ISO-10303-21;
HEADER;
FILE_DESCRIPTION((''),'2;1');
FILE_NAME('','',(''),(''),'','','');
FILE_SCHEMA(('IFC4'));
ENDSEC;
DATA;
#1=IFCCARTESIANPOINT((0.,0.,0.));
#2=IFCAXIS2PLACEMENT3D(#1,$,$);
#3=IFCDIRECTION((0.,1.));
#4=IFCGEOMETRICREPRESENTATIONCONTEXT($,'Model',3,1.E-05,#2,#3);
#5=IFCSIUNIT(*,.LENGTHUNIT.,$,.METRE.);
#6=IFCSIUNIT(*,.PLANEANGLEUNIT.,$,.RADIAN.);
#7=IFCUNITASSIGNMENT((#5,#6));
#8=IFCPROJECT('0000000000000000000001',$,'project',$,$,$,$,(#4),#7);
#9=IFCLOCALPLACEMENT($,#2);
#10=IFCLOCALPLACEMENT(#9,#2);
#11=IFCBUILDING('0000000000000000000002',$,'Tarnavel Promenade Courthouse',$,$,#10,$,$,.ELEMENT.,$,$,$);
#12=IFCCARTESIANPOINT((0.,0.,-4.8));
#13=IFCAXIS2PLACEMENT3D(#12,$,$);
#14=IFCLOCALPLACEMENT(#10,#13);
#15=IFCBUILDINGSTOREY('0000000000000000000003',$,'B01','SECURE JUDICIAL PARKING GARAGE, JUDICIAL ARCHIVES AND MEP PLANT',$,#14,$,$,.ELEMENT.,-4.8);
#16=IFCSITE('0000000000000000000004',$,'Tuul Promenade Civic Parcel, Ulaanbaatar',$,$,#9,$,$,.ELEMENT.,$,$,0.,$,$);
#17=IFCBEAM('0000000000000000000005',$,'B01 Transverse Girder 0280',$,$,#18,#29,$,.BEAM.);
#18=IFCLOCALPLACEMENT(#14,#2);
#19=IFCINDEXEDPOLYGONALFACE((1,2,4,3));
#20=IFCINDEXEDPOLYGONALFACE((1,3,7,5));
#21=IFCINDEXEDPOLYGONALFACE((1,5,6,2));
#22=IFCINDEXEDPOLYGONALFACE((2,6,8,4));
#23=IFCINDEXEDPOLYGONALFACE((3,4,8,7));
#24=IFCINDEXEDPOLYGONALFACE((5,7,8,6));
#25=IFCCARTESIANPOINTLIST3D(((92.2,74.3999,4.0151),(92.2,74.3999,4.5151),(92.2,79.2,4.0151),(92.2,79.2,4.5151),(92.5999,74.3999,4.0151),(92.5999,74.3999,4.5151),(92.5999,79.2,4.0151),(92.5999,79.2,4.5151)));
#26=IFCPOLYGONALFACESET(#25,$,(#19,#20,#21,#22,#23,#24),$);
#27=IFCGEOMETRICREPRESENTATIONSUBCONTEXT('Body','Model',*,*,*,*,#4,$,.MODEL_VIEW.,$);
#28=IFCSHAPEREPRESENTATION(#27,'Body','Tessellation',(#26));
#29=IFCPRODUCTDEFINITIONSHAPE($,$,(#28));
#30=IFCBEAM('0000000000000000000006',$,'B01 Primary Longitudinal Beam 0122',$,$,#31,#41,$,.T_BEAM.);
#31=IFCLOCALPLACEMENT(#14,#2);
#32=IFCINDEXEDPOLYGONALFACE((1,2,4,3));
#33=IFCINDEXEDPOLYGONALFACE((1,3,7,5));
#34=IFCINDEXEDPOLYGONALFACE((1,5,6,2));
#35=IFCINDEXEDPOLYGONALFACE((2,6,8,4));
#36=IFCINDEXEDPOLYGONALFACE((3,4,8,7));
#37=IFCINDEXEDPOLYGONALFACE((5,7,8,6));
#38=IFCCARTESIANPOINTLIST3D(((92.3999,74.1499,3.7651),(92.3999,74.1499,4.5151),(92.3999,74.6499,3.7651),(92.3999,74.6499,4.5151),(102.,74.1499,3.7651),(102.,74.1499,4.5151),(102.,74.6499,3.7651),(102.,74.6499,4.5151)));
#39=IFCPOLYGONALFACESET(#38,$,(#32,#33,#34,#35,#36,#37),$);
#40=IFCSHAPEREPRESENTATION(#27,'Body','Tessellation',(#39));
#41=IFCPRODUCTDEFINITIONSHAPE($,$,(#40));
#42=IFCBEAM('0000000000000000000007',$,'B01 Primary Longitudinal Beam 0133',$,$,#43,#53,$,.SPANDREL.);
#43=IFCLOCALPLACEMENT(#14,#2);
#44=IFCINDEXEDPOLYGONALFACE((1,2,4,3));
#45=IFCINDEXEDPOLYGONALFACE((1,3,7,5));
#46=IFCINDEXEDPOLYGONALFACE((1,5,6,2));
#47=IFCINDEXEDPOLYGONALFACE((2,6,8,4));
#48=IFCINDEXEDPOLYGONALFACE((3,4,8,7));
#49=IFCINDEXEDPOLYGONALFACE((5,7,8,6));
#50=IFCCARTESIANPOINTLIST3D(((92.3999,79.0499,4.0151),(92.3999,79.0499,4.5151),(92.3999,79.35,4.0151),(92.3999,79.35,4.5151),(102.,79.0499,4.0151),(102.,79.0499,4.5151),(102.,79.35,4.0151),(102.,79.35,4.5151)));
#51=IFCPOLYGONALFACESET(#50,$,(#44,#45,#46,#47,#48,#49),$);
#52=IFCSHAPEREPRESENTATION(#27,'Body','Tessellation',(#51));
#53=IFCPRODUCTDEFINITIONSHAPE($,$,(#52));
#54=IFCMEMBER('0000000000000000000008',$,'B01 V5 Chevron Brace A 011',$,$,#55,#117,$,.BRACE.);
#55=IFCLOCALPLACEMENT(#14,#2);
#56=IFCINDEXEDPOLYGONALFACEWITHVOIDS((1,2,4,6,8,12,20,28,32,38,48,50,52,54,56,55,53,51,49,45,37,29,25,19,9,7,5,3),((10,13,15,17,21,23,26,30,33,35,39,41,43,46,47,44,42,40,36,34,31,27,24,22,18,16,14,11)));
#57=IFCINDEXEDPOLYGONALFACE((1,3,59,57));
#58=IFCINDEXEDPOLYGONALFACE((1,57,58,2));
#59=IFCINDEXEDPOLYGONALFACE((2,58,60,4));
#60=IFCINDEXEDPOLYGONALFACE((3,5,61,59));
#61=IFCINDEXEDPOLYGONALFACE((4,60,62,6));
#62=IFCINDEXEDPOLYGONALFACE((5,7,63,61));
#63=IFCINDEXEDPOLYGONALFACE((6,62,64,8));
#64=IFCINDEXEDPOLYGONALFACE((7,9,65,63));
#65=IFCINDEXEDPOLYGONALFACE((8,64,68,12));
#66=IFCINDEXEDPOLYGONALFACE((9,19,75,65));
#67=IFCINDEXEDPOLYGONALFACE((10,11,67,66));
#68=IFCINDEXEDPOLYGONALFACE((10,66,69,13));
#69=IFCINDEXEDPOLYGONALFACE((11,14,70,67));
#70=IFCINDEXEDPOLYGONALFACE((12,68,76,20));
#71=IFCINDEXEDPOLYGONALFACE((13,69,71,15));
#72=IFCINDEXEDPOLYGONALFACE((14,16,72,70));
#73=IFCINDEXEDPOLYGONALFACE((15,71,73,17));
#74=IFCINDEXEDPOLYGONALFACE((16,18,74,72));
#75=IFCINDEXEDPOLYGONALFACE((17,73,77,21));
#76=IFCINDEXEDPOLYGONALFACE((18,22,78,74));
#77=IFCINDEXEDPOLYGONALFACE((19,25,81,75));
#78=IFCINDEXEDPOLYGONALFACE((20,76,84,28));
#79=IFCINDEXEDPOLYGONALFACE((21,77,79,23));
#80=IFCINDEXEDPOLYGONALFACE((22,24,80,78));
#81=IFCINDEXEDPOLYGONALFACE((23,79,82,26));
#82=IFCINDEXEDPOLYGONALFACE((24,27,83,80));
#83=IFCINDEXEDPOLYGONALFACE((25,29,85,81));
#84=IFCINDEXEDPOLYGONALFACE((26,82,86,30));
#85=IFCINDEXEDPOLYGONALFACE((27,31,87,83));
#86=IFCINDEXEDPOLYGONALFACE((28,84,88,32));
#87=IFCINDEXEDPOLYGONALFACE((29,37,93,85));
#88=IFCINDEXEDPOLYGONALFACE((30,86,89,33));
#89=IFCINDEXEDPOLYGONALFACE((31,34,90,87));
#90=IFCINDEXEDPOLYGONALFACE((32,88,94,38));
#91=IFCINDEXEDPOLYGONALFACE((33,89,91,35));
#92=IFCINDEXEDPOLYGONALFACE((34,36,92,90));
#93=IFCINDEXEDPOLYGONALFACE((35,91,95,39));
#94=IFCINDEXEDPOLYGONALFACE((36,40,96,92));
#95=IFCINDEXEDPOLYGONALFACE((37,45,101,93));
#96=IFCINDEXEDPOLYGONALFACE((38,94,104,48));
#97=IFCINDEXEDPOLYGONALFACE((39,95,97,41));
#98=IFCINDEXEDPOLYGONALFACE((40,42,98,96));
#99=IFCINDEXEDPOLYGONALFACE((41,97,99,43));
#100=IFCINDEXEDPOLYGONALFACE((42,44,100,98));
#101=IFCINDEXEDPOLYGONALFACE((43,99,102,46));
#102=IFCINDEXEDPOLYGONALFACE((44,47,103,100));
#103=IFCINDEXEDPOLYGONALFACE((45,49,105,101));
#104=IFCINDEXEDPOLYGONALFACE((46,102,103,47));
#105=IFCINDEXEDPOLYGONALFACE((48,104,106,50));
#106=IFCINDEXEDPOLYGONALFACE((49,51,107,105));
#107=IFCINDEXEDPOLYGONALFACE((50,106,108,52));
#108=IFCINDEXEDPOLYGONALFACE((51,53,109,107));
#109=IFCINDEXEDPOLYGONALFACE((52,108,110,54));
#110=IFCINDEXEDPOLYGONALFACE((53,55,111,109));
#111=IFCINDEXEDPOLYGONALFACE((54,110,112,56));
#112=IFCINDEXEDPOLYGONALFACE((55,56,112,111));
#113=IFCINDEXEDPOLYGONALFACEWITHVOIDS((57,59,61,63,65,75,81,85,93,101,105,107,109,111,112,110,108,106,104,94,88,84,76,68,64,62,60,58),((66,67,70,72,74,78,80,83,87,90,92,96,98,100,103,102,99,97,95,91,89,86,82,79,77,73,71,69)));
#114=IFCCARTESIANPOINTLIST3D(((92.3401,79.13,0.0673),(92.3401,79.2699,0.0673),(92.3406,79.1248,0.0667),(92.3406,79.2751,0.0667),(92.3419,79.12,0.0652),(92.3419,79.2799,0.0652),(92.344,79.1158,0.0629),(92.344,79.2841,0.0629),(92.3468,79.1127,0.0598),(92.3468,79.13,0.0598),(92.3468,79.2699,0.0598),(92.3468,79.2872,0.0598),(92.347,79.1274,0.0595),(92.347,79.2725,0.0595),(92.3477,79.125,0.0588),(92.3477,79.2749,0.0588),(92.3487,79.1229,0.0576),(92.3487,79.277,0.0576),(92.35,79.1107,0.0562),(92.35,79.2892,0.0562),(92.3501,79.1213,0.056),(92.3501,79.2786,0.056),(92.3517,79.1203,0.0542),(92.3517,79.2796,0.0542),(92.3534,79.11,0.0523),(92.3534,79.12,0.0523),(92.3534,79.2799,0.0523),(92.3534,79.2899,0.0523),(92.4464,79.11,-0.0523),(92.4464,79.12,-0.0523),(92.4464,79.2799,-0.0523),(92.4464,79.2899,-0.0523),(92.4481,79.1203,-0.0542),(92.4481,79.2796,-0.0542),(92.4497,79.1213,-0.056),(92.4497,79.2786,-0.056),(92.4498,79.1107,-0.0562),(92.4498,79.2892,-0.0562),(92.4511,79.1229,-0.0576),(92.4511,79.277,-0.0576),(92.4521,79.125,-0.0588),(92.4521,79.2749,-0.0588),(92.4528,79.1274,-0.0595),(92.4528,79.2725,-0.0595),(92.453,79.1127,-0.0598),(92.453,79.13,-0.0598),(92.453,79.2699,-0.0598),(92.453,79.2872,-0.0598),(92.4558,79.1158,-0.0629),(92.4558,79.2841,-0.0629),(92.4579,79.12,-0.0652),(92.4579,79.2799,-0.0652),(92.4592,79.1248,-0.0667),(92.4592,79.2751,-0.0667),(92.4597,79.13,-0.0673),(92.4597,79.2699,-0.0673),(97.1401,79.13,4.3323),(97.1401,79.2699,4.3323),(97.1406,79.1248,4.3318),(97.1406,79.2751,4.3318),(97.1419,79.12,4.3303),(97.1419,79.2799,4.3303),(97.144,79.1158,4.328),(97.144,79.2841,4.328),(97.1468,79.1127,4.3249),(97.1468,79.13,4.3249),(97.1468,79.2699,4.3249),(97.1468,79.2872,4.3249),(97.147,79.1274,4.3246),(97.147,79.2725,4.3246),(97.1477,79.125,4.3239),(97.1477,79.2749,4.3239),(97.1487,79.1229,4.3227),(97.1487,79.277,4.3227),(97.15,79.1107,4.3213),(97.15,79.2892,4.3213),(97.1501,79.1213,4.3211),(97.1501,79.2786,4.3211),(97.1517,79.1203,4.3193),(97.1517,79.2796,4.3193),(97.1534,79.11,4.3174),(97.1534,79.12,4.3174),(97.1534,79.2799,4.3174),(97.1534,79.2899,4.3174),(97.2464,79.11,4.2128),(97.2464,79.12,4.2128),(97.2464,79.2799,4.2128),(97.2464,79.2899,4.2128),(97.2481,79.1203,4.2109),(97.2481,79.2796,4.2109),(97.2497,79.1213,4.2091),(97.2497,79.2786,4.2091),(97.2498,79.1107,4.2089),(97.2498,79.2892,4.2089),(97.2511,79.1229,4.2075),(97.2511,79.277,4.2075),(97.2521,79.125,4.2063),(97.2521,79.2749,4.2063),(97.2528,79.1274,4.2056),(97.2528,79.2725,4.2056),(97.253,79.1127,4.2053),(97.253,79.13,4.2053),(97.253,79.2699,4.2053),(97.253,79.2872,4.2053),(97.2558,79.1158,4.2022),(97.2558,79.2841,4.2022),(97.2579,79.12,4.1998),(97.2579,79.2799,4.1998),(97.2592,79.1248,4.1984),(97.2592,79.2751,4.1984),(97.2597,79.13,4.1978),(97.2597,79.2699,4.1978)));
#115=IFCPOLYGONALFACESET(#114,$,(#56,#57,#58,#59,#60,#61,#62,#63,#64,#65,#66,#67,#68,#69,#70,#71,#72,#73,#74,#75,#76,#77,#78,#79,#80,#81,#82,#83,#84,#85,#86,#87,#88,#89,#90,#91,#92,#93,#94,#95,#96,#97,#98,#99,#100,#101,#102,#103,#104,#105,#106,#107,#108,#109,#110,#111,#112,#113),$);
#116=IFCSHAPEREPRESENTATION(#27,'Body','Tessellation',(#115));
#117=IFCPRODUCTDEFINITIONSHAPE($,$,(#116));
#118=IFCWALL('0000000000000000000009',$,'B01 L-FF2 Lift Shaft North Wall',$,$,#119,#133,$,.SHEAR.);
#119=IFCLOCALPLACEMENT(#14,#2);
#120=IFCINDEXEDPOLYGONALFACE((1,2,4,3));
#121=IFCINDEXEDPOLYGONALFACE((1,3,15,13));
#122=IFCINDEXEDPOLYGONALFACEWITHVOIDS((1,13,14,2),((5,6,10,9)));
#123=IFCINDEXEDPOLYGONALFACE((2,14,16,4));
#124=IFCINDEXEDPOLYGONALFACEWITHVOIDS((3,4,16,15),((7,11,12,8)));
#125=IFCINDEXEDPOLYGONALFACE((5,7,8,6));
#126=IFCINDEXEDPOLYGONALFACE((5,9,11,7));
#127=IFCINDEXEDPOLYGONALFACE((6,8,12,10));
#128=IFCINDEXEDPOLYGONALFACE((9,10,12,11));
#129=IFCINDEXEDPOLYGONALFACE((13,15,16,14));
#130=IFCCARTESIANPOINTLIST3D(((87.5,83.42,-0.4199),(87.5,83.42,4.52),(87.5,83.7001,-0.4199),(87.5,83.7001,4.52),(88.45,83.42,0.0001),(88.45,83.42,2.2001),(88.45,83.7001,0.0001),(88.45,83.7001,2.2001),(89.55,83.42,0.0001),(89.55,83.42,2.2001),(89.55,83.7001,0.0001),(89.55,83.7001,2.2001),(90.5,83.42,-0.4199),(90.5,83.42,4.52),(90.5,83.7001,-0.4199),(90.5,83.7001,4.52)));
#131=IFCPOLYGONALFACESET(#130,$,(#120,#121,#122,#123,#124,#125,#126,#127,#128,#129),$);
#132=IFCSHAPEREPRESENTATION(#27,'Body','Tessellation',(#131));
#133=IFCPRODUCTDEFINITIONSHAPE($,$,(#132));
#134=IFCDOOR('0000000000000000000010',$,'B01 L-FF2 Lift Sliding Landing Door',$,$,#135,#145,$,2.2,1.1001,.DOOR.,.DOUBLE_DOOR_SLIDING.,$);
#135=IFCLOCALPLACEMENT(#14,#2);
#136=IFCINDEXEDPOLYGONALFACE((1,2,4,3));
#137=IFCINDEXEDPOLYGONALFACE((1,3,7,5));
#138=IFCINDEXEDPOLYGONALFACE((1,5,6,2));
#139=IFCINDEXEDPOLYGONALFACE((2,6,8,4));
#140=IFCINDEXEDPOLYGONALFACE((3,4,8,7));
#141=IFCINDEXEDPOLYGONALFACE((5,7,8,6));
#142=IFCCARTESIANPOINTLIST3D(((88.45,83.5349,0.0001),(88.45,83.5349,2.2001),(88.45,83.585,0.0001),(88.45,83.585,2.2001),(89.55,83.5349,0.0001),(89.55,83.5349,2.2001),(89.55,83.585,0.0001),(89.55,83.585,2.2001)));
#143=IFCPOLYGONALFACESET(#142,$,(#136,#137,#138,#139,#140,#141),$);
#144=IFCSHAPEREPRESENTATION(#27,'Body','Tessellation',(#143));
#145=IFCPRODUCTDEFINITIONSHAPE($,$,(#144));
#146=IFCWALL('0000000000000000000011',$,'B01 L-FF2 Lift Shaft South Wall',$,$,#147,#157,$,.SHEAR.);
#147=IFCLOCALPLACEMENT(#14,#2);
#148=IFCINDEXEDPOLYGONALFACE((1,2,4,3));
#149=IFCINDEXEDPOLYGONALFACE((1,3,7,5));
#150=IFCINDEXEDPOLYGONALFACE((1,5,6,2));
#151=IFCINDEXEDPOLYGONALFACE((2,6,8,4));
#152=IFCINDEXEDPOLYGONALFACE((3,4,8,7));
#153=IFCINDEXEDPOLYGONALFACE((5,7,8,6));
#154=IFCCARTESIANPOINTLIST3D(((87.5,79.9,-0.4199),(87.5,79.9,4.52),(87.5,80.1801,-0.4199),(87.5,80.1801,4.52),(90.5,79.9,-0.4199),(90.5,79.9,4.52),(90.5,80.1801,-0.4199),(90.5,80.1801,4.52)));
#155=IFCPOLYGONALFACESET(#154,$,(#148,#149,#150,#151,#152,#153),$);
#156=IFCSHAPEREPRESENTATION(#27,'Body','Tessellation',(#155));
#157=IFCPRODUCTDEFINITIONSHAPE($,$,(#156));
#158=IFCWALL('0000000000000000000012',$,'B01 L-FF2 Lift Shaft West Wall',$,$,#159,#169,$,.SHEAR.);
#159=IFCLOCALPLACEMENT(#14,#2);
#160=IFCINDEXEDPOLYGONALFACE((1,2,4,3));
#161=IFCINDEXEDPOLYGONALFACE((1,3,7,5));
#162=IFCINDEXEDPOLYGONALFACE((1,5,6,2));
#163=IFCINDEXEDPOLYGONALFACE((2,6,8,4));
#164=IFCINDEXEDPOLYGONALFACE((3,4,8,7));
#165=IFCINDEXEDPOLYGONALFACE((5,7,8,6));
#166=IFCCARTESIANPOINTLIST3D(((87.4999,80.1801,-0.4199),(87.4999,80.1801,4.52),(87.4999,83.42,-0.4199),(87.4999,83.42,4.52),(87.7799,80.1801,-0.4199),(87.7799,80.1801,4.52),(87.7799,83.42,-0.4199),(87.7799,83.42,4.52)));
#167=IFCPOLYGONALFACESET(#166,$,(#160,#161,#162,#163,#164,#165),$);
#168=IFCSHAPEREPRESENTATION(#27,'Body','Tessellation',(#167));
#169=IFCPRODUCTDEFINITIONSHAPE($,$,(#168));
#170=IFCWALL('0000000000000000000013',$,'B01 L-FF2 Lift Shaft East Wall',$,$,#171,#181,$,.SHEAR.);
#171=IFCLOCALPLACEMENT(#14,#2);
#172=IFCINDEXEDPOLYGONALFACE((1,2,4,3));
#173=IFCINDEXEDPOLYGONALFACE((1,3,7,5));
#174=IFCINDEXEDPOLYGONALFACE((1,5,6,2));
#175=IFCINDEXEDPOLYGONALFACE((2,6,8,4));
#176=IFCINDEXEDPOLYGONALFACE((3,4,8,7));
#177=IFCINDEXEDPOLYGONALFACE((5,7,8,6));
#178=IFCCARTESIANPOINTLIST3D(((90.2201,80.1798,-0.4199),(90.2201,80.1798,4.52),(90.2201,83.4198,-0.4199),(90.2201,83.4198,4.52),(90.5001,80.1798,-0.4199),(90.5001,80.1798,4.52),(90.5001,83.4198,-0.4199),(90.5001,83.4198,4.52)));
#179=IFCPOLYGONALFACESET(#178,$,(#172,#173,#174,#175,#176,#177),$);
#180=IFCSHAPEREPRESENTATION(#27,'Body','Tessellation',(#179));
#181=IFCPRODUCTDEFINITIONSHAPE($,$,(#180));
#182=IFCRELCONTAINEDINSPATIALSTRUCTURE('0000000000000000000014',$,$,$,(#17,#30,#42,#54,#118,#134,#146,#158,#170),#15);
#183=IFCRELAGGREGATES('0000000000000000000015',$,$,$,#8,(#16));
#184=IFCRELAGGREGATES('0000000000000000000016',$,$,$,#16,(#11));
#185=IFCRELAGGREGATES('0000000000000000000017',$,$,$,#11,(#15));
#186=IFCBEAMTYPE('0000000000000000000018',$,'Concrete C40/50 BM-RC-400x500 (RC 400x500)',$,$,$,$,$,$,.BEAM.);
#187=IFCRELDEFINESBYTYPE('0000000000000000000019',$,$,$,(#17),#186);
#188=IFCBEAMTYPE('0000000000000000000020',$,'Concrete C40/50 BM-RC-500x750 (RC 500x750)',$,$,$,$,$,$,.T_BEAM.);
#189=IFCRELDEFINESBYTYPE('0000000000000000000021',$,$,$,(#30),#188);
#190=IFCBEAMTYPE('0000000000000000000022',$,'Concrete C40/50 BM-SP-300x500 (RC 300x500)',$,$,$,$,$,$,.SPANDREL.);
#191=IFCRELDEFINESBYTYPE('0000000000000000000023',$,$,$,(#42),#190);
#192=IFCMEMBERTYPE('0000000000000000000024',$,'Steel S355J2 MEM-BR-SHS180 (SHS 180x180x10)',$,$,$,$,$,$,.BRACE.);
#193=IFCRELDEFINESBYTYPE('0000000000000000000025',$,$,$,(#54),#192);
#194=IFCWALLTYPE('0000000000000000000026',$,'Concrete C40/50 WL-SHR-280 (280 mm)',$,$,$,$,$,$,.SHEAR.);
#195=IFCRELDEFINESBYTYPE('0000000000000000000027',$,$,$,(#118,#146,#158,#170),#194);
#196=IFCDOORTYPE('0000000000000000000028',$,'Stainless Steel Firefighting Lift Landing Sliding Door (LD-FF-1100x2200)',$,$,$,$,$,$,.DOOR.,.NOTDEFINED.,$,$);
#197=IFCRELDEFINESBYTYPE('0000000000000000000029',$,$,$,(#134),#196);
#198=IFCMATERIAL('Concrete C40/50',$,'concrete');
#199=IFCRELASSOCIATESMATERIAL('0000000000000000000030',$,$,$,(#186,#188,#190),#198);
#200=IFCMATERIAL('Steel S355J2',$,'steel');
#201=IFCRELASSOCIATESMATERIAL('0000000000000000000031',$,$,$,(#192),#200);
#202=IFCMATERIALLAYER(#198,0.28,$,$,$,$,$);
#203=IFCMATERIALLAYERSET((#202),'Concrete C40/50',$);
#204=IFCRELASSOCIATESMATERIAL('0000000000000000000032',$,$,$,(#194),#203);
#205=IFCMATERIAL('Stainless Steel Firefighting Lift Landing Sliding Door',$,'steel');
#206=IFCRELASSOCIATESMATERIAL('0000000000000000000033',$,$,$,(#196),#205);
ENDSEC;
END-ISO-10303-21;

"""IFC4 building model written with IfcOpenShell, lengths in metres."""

from ifc_helpers import new_model, si_unit, direction, frame, frame_2d, origin, origin_2d, place, context, subcontext, project, spatial, rectangle, hollow_rectangle, extrude, material, layer, layer_set, material_profile, profile_set, type_object, element, fill, save


model = new_model("IFC4")

# Units and contexts
model_context = context("Model", 3, precision=1e-05, world=origin(), true_north=direction((0.0, 1.0)))
body_context = subcontext(model_context, "Body", "Model", "MODEL_VIEW")
ifc_project = project(units=[si_unit("LENGTHUNIT", "METRE"), si_unit("PLANEANGLEUNIT", "RADIAN")], contexts=[model_context])

# Site, building, storey
site_placement = place(None, origin())
site = spatial("IfcSite", under=ifc_project, at=site_placement, Name="Tuul Promenade Civic Parcel, Ulaanbaatar", CompositionType="ELEMENT", RefElevation=0.0)
building_placement = place(site_placement, origin())
building = spatial("IfcBuilding", under=site, at=building_placement, Name="Tarnavel Promenade Courthouse", CompositionType="ELEMENT")
storey_placement = place(building_placement, frame((0.0, 0.0, -4.8)))
storey = spatial("IfcBuildingStorey", under=building, at=storey_placement, Name="B01", Description="SECURE JUDICIAL PARKING GARAGE, JUDICIAL ARCHIVES AND MEP PLANT", CompositionType="ELEMENT", Elevation=-4.8)

# Shared definitions
ifc_material_1 = material(Name="Concrete C40/50", Category="concrete")

# Beams
ifc_material_profile_1 = material_profile(ifc_material_1, rectangle(XDim=0.3999, YDim=0.5, at=origin_2d()), Name="RC 400x500")
ifc_profile_set_1 = profile_set([ifc_material_profile_1], Name="Concrete C40/50")
beam_type_1 = type_object("IfcBeamType", Name="Concrete C40/50 BM-RC-400x500 (RC 400x500)", PredefinedType="BEAM", material=ifc_profile_set_1)
beam_1_placement = place(storey_placement, frame((92.3999, 74.3999, 4.2651), z_axis=(0.0, 1.0, 0.0), x_axis=(-1.0, 0.0, 0.0)))
element("IfcBeam", 1, at=beam_1_placement, inside=storey, type_object=beam_type_1, Name="B01 Transverse Girder 0280", PredefinedType="BEAM", context=body_context, shape_type="SweptSolid", body=[
    extrude(rectangle(XDim=0.3999, YDim=0.5, at=origin_2d()), origin(), (0.0, 0.0, 1.0), 4.8),
])
ifc_material_profile_2 = material_profile(ifc_material_1, rectangle(XDim=0.5, YDim=0.75, at=origin_2d()), Name="RC 500x750")
ifc_profile_set_2 = profile_set([ifc_material_profile_2], Name="Concrete C40/50")
beam_type_2 = type_object("IfcBeamType", Name="Concrete C40/50 BM-RC-500x750 (RC 500x750)", PredefinedType="T_BEAM", material=ifc_profile_set_2)
beam_2_placement = place(storey_placement, frame((92.3999, 74.3999, 4.1401), z_axis=(1.0, 0.0, 0.0), x_axis=(0.0, 1.0, 0.0)))
element("IfcBeam", 2, at=beam_2_placement, inside=storey, type_object=beam_type_2, Name="B01 Primary Longitudinal Beam 0122", PredefinedType="T_BEAM", context=body_context, shape_type="SweptSolid", body=[
    extrude(rectangle(XDim=0.5, YDim=0.75, at=origin_2d()), origin(), (0.0, 0.0, 1.0), 9.6001),
])
ifc_material_profile_3 = material_profile(ifc_material_1, rectangle(XDim=0.3, YDim=0.5, at=origin_2d()), Name="RC 300x500")
ifc_profile_set_3 = profile_set([ifc_material_profile_3], Name="Concrete C40/50")
beam_type_3 = type_object("IfcBeamType", Name="Concrete C40/50 BM-SP-300x500 (RC 300x500)", PredefinedType="SPANDREL", material=ifc_profile_set_3)
beam_3_placement = place(storey_placement, frame((92.3999, 79.2, 4.2651), z_axis=(1.0, 0.0, 0.0), x_axis=(0.0, 1.0, 0.0)))
element("IfcBeam", 3, at=beam_3_placement, inside=storey, type_object=beam_type_3, Name="B01 Primary Longitudinal Beam 0133", PredefinedType="SPANDREL", context=body_context, shape_type="SweptSolid", body=[
    extrude(rectangle(XDim=0.3, YDim=0.5, at=origin_2d()), origin(), (0.0, 0.0, 1.0), 9.6001),
])

# Member
ifc_material_2 = material(Name="Steel S355J2", Category="steel")
ifc_material_profile_4 = material_profile(ifc_material_2, hollow_rectangle(XDim=0.1799, YDim=0.1799, WallThickness=0.01, InnerFilletRadius=0.01, OuterFilletRadius=0.02, at=origin_2d()), Name="SHS 180x180x10")
ifc_profile_set_4 = profile_set([ifc_material_profile_4], Name="Steel S355J2")
member_type = type_object("IfcMemberType", Name="Steel S355J2 MEM-BR-SHS180 (SHS 180x180x10)", PredefinedType="BRACE", material=ifc_profile_set_4)
member_placement = place(storey_placement, frame((92.3999, 79.2, 0.0), z_axis=(0.747531, 0.0, 0.664227), x_axis=(0.0, 1.0, 0.0)))
element("IfcMember", 4, at=member_placement, inside=storey, type_object=member_type, Name="B01 V5 Chevron Brace A 011", PredefinedType="BRACE", context=body_context, shape_type="SweptSolid", body=[
    extrude(hollow_rectangle(XDim=0.1799, YDim=0.1799, WallThickness=0.01, InnerFilletRadius=0.01, OuterFilletRadius=0.02, at=origin_2d()), origin(), (0.0, 0.0, 1.0), 6.4211),
])

# Wall, opening, door
ifc_layer_1 = layer(ifc_material_1, 0.28)
ifc_layer_set_1 = layer_set([ifc_layer_1], Name="Concrete C40/50")
wall_type_1 = type_object("IfcWallType", Name="Concrete C40/50 WL-SHR-280 (280 mm)", PredefinedType="SHEAR", material=ifc_layer_set_1)
wall_1_placement = place(storey_placement, frame((87.5, 83.5601, -0.4199), z_axis=(0.0, 0.0, 1.0), x_axis=(1.0, 0.0, 0.0)))
wall_1 = element("IfcWall", 5, at=wall_1_placement, inside=storey, type_object=wall_type_1, Name="B01 L-FF2 Lift Shaft North Wall", PredefinedType="SHEAR", context=body_context, shape_type="SweptSolid", body=[
    extrude(rectangle(XDim=3.0, YDim=0.28, at=frame_2d((1.5, 0.0))), origin(), (0.0, 0.0, 1.0), 4.9399),
])
opening_1_placement = place(wall_1_placement, frame((0.95, 0.0, 0.4199)))
opening_1 = element("IfcOpeningElement", 6, at=opening_1_placement, cuts=wall_1, PredefinedType="OPENING", context=body_context, shape_type="SweptSolid", body=[
    extrude(rectangle(XDim=1.1001, YDim=2.2, at=frame_2d((0.55, 1.1001))), frame((0.0, 0.1499, 0.0), z_axis=(0.0, -1.0, 0.0), x_axis=(1.0, 0.0, 0.0)), (0.0, 0.0, 1.0), 0.3),
])
ifc_material_3 = material(Name="Stainless Steel Firefighting Lift Landing Sliding Door", Category="steel")
door_type_1 = type_object("IfcDoorType", Name="Stainless Steel Firefighting Lift Landing Sliding Door (LD-FF-1100x2200)", OperationType="NOTDEFINED", PredefinedType="DOOR", material=ifc_material_3)
door_1_placement = place(opening_1_placement, origin())
door_1 = element("IfcDoor", 7, at=door_1_placement, inside=storey, type_object=door_type_1, Name="B01 L-FF2 Lift Sliding Landing Door", OperationType="DOUBLE_DOOR_SLIDING", OverallHeight=2.2, OverallWidth=1.1001, PredefinedType="DOOR", context=body_context, shape_type="SweptSolid", body=[
    extrude(rectangle(XDim=1.1001, YDim=2.2, at=frame_2d((0.55, 1.1001))), frame((0.0, 0.0249, 0.0), z_axis=(0.0, -1.0, 0.0), x_axis=(1.0, 0.0, 0.0)), (0.0, 0.0, 1.0), 0.05),
])
fill(opening_1, door_1)

# Walls
wall_2_placement = place(storey_placement, frame((90.5, 80.04, -0.4199), z_axis=(0.0, 0.0, 1.0), x_axis=(-1.0, 0.0, 0.0)))
element("IfcWall", 8, at=wall_2_placement, inside=storey, type_object=wall_type_1, Name="B01 L-FF2 Lift Shaft South Wall", PredefinedType="SHEAR", context=body_context, shape_type="SweptSolid", body=[
    extrude(rectangle(XDim=3.0, YDim=0.28, at=frame_2d((1.5, 0.0))), origin(), (0.0, 0.0, 1.0), 4.9399),
])
for number, where, z_axis, x_axis, name in (
    (9, (87.6399, 80.1799, -0.4199), (0.0, 0.0, 1.0), (0.0, 1.0, 0.0), "B01 L-FF2 Lift Shaft West Wall"),
    (10, (90.3601, 83.4199, -0.4199), (0.0, 0.0, 1.0), (0.0, -1.0, 0.0), "B01 L-FF2 Lift Shaft East Wall"),
):
    element("IfcWall", number, at=place(storey_placement, frame(where, z_axis=z_axis, x_axis=x_axis)), inside=storey, type_object=wall_type_1, Name=name, PredefinedType="SHEAR", context=body_context, shape_type="SweptSolid", body=[
        extrude(rectangle(XDim=3.24, YDim=0.28, at=frame_2d((1.6201, 0.0))), origin(), (0.0, 0.0, 1.0), 4.9399),
    ])

save(model, "model.ifc")
